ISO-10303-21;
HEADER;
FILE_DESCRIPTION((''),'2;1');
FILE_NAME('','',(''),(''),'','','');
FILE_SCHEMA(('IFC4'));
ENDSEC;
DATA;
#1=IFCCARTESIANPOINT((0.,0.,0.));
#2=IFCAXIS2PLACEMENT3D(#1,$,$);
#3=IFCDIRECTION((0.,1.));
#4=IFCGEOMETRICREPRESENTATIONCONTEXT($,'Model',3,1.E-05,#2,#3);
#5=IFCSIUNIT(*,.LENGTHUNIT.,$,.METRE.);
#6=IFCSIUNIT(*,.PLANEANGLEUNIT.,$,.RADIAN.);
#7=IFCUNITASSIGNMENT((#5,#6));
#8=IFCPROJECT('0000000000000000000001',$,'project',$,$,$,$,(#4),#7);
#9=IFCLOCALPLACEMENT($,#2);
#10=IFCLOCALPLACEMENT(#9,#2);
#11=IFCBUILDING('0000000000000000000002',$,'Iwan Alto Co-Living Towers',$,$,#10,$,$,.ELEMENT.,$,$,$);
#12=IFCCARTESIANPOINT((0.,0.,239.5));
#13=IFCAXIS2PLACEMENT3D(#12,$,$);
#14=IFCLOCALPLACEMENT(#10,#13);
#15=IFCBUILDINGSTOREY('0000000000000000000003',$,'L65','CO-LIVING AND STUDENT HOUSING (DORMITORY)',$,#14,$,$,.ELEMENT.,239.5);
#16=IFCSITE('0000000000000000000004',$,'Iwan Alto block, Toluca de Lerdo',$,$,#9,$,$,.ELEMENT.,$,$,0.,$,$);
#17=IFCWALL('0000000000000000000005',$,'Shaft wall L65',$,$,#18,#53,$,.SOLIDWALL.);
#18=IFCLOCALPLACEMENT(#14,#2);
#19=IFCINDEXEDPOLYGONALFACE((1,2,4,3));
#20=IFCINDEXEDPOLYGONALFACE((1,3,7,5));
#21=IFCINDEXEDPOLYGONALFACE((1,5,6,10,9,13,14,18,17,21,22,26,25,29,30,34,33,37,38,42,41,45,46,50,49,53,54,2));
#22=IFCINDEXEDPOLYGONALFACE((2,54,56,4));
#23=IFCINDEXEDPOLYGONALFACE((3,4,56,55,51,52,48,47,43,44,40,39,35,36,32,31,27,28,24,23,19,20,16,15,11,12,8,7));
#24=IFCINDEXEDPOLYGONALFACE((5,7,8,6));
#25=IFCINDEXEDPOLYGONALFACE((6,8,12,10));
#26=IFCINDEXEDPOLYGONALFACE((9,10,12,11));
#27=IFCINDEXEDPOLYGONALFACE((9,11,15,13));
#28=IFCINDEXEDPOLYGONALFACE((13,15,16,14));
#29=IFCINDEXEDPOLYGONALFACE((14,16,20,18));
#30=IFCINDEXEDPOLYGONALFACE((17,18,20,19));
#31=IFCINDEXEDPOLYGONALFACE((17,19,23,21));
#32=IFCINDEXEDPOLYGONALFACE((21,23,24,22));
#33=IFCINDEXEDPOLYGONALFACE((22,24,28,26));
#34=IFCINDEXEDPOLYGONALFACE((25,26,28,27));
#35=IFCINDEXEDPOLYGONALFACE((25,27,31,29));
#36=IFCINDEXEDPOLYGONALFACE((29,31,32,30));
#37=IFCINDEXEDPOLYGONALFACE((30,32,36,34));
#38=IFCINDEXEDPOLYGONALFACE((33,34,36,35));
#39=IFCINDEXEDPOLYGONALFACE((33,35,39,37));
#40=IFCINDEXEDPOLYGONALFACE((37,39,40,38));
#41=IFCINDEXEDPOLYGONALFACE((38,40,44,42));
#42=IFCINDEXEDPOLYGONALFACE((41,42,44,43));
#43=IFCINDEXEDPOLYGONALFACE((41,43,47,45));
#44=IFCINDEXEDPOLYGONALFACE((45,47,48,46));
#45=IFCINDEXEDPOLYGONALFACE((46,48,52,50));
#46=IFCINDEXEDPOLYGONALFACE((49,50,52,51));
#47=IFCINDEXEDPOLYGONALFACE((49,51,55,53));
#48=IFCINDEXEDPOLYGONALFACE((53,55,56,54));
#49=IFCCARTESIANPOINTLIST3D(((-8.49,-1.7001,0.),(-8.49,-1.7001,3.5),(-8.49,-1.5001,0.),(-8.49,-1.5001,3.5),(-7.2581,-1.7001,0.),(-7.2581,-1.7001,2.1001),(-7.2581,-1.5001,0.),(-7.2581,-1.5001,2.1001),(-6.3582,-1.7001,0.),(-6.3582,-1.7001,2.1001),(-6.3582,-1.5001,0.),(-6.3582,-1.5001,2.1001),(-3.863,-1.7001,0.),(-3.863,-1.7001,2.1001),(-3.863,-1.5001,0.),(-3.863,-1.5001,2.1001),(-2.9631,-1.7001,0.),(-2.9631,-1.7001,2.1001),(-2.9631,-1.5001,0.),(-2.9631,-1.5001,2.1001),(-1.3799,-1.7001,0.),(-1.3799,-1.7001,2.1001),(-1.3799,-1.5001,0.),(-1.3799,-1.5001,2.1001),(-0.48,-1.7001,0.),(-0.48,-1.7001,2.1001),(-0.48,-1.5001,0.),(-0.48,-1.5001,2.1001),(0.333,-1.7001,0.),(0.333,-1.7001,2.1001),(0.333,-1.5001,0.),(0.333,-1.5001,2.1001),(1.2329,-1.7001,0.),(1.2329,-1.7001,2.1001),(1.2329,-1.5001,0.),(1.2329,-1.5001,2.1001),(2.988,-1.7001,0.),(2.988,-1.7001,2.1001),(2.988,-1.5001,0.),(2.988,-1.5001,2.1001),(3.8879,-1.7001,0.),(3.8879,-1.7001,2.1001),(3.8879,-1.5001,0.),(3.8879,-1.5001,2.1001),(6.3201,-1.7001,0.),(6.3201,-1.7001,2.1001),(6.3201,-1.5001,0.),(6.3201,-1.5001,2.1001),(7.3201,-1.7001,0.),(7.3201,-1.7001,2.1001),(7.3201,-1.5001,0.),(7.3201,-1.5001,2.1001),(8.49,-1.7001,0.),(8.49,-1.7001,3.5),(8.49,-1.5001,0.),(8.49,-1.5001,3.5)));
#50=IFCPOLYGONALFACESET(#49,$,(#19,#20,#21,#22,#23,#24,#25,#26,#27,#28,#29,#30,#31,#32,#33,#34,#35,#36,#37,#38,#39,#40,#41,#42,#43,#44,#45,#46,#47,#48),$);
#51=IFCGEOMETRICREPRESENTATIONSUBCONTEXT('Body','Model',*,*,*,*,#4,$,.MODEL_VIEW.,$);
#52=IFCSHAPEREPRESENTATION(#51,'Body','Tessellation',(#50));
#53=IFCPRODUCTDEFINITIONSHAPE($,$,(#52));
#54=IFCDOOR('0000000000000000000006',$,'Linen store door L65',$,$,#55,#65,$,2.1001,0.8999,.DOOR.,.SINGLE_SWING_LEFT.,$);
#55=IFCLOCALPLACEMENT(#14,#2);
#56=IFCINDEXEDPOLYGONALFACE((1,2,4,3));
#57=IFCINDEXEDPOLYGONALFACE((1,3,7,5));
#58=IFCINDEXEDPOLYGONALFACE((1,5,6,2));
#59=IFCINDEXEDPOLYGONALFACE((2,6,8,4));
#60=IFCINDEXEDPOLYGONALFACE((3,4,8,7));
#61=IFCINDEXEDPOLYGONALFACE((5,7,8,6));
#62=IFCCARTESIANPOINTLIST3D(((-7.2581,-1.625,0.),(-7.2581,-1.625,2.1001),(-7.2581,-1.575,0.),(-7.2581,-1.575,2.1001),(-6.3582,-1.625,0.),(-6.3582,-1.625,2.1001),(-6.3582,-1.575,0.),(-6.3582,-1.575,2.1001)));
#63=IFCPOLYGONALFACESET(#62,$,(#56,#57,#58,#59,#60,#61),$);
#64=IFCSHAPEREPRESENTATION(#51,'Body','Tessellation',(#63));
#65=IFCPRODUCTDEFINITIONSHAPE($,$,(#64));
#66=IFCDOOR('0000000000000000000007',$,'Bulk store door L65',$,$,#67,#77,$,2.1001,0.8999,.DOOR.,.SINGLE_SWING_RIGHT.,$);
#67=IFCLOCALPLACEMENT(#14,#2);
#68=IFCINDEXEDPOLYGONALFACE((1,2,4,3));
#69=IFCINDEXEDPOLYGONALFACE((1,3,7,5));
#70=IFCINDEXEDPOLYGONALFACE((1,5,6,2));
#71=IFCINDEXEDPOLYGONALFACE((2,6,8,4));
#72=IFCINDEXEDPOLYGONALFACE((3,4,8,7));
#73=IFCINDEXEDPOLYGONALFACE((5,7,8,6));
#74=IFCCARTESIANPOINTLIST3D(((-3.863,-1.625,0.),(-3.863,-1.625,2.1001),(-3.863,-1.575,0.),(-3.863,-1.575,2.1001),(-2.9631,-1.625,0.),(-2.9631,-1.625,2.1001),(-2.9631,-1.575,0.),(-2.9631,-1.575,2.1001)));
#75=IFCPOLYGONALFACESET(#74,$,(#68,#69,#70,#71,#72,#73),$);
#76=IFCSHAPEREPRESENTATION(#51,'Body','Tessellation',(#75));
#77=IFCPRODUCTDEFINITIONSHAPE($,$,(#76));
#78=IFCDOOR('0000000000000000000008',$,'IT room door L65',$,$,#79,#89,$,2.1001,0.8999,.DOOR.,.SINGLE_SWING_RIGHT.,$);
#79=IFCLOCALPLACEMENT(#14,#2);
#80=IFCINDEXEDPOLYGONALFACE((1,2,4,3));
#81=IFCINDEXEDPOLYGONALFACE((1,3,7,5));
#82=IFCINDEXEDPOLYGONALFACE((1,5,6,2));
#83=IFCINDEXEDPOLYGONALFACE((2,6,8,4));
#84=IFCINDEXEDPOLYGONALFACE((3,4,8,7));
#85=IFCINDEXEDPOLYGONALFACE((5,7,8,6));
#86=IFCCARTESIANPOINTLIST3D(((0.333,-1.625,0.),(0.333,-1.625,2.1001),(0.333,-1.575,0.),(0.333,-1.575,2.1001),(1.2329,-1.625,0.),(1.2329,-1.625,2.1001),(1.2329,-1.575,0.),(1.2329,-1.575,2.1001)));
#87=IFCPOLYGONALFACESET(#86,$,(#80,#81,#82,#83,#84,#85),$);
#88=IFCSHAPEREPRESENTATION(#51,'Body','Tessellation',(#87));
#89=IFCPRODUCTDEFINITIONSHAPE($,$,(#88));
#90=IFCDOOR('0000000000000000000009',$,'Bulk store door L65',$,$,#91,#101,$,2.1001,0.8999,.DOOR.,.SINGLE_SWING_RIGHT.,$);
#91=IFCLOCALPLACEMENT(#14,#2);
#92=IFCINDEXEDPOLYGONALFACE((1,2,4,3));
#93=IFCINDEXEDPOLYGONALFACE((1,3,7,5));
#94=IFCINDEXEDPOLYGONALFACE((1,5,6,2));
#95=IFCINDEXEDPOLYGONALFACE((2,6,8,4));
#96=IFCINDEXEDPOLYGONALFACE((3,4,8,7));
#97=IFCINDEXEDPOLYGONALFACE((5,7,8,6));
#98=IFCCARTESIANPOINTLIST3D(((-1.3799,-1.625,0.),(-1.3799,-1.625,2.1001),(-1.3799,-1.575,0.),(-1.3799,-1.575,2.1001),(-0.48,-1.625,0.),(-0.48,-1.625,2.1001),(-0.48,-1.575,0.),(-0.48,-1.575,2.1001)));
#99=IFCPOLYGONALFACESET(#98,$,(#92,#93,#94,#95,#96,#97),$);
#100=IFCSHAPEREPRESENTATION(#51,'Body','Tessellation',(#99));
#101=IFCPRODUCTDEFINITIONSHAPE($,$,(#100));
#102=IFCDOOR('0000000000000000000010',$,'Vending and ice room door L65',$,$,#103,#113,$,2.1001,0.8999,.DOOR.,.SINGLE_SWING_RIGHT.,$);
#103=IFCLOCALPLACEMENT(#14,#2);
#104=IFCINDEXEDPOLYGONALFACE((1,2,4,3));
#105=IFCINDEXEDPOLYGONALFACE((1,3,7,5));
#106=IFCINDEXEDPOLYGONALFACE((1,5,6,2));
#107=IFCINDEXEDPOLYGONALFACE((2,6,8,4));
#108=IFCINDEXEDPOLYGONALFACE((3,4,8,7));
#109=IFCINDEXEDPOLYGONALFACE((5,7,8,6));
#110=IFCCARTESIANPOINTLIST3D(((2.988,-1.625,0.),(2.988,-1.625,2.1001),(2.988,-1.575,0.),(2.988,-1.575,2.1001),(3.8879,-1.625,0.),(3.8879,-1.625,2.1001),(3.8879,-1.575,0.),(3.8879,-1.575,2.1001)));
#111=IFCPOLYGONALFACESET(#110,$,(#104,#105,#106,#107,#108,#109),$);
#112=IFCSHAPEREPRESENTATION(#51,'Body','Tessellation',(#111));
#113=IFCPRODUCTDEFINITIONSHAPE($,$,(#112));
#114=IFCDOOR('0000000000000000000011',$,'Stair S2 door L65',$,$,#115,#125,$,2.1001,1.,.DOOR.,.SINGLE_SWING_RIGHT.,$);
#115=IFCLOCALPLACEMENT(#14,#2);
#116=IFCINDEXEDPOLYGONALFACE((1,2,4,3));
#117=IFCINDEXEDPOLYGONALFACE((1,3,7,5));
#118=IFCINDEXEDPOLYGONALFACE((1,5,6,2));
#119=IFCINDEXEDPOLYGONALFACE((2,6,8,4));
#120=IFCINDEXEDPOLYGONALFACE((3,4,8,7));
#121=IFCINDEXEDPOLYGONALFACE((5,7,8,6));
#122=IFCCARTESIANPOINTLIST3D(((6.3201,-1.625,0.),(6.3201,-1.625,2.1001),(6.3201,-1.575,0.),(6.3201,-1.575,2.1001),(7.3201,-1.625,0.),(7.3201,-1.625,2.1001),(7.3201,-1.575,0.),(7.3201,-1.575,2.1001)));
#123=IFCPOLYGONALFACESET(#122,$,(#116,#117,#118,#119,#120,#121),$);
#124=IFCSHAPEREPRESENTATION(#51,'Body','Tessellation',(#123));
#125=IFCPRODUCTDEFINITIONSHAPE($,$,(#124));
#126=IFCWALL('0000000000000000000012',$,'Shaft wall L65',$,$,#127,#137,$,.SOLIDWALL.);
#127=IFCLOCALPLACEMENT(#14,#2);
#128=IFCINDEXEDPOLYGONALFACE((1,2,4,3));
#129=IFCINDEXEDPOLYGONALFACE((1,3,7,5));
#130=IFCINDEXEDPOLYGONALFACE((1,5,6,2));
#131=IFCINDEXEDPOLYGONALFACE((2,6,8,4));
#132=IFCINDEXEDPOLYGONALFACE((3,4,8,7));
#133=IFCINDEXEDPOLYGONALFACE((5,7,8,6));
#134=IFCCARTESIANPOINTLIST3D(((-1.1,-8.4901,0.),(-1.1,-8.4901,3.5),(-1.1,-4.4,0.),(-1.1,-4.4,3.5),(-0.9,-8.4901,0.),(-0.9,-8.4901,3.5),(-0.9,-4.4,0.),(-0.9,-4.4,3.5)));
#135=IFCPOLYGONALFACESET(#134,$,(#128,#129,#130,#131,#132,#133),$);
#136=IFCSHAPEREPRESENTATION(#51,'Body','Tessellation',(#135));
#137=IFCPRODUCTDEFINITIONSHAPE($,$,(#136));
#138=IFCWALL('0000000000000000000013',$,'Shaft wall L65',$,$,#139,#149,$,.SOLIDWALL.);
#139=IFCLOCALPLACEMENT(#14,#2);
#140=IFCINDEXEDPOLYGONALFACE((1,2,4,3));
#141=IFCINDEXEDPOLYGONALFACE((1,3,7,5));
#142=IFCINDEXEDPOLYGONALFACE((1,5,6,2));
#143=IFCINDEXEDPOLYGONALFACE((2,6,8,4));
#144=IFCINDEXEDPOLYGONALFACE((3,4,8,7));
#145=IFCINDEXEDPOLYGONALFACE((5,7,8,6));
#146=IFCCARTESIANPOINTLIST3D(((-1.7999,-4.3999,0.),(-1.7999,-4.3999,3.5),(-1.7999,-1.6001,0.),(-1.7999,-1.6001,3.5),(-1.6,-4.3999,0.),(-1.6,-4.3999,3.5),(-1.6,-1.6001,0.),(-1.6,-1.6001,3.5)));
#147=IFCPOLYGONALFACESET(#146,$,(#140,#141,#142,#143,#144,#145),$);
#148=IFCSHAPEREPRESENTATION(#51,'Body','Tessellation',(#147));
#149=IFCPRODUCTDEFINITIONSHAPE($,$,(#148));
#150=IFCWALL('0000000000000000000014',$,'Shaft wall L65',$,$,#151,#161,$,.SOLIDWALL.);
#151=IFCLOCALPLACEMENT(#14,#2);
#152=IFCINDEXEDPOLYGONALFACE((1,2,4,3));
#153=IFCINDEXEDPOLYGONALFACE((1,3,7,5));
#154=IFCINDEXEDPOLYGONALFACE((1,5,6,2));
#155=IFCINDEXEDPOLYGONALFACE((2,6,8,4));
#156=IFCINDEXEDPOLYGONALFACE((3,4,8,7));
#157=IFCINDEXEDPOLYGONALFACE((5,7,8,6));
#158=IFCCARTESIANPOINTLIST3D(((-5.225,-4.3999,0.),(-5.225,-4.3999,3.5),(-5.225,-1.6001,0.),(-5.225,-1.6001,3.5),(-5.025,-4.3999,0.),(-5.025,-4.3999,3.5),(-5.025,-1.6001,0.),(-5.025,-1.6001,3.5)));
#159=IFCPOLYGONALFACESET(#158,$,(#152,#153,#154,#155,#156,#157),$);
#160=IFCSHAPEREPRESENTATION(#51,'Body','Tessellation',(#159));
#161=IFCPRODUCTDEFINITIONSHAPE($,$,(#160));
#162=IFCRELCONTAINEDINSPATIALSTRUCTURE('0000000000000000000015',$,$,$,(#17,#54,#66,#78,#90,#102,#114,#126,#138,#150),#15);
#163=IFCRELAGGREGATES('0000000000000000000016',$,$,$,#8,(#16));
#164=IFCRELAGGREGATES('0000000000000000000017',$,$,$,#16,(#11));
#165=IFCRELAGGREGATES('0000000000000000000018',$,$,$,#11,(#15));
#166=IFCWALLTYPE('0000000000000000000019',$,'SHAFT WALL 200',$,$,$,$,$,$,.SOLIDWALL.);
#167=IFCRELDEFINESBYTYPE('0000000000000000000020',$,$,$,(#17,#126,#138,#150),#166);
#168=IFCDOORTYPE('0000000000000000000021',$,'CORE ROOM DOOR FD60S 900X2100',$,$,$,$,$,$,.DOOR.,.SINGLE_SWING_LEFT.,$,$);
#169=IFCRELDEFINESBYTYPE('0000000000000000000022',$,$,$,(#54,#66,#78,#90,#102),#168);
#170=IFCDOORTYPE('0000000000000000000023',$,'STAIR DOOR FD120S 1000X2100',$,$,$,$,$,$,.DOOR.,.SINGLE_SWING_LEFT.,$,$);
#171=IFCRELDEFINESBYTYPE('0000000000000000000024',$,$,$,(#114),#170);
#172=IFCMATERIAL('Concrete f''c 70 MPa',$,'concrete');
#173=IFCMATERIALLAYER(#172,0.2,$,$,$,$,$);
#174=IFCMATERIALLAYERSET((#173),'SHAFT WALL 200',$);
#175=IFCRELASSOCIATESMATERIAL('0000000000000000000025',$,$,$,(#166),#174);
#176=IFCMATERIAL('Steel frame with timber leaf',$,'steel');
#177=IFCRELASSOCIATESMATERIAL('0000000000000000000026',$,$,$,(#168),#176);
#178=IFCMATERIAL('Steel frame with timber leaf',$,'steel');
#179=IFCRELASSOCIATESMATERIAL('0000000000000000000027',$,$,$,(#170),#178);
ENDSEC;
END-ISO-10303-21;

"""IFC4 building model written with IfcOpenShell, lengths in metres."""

from ifc_helpers import new_model, si_unit, direction, frame, frame_2d, origin, place, context, subcontext, project, spatial, rectangle, extrude, material, layer, layer_set, type_object, element, fill, save


model = new_model("IFC4")

# Units and contexts
model_context = context("Model", 3, precision=1e-05, world=origin(), true_north=direction((0.0, 1.0)))
body_context = subcontext(model_context, "Body", "Model", "MODEL_VIEW")
ifc_project = project(units=[si_unit("LENGTHUNIT", "METRE"), si_unit("PLANEANGLEUNIT", "RADIAN")], contexts=[model_context])

# Site, building, storey
site_placement = place(None, origin())
site = spatial("IfcSite", under=ifc_project, at=site_placement, Name="Iwan Alto block, Toluca de Lerdo", CompositionType="ELEMENT", RefElevation=0.0)
building_placement = place(site_placement, origin())
building = spatial("IfcBuilding", under=site, at=building_placement, Name="Iwan Alto Co-Living Towers", CompositionType="ELEMENT")
storey_placement = place(building_placement, frame((0.0, 0.0, 239.5)))
storey = spatial("IfcBuildingStorey", under=building, at=storey_placement, Name="L65", Description="CO-LIVING AND STUDENT HOUSING (DORMITORY)", CompositionType="ELEMENT", Elevation=239.5)

# Shared definitions
ifc_material_1 = material(Name="Concrete f'c 70 MPa", Category="concrete")
ifc_layer_1 = layer(ifc_material_1, 0.2)
ifc_layer_set_1 = layer_set([ifc_layer_1], Name="SHAFT WALL 200")
wall_type_1 = type_object("IfcWallType", Name="SHAFT WALL 200", PredefinedType="SOLIDWALL", material=ifc_layer_set_1)

# Wall, openings, doors
wall_1_placement = place(storey_placement, frame((-8.49, -1.6001, 0.0), z_axis=(0.0, 0.0, 1.0), x_axis=(1.0, 0.0, 0.0)))
wall_1 = element("IfcWall", 1, at=wall_1_placement, inside=storey, type_object=wall_type_1, Name="Shaft wall L65", PredefinedType="SOLIDWALL", context=body_context, shape_type="SweptSolid", body=[
    extrude(rectangle(XDim=16.98, YDim=0.2, at=frame_2d((8.49, 0.0))), origin(), (0.0, 0.0, 1.0), 3.5),
])
opening_1_placement = place(wall_1_placement, frame((14.8101, 0.0, 0.0)))
opening_1 = element("IfcOpeningElement", 2, at=opening_1_placement, cuts=wall_1, PredefinedType="OPENING", context=body_context, shape_type="SweptSolid", body=[
    extrude(rectangle(XDim=1.0, YDim=2.1001, at=frame_2d((0.5, 1.05))), frame((0.0, 0.1099, 0.0), z_axis=(0.0, -1.0, 0.0), x_axis=(1.0, 0.0, 0.0)), (0.0, 0.0, 1.0), 0.22),
])
opening_2_placement = place(wall_1_placement, frame((1.2319, 0.0, 0.0)))
opening_2 = element("IfcOpeningElement", 3, at=opening_2_placement, cuts=wall_1, PredefinedType="OPENING", context=body_context, shape_type="SweptSolid", body=[
    extrude(rectangle(XDim=0.8999, YDim=2.1001, at=frame_2d((0.45, 1.05))), frame((0.0, 0.1099, 0.0), z_axis=(0.0, -1.0, 0.0), x_axis=(1.0, 0.0, 0.0)), (0.0, 0.0, 1.0), 0.22),
])
opening_3_placement = place(wall_1_placement, frame((4.627, 0.0, 0.0)))
opening_3 = element("IfcOpeningElement", 4, at=opening_3_placement, cuts=wall_1, PredefinedType="OPENING", context=body_context, shape_type="SweptSolid", body=[
    extrude(rectangle(XDim=0.8999, YDim=2.1001, at=frame_2d((0.45, 1.05))), frame((0.0, 0.1099, 0.0), z_axis=(0.0, -1.0, 0.0), x_axis=(1.0, 0.0, 0.0)), (0.0, 0.0, 1.0), 0.22),
])
opening_4_placement = place(wall_1_placement, frame((8.823, 0.0, 0.0)))
opening_4 = element("IfcOpeningElement", 5, at=opening_4_placement, cuts=wall_1, PredefinedType="OPENING", context=body_context, shape_type="SweptSolid", body=[
    extrude(rectangle(XDim=0.8999, YDim=2.1001, at=frame_2d((0.45, 1.05))), frame((0.0, 0.1099, 0.0), z_axis=(0.0, -1.0, 0.0), x_axis=(1.0, 0.0, 0.0)), (0.0, 0.0, 1.0), 0.22),
])
opening_5_placement = place(wall_1_placement, frame((7.1101, 0.0, 0.0)))
opening_5 = element("IfcOpeningElement", 6, at=opening_5_placement, cuts=wall_1, PredefinedType="OPENING", context=body_context, shape_type="SweptSolid", body=[
    extrude(rectangle(XDim=0.8999, YDim=2.1001, at=frame_2d((0.45, 1.05))), frame((0.0, 0.1099, 0.0), z_axis=(0.0, -1.0, 0.0), x_axis=(1.0, 0.0, 0.0)), (0.0, 0.0, 1.0), 0.22),
])
opening_6_placement = place(wall_1_placement, frame((11.478, 0.0, 0.0)))
opening_6 = element("IfcOpeningElement", 7, at=opening_6_placement, cuts=wall_1, PredefinedType="OPENING", context=body_context, shape_type="SweptSolid", body=[
    extrude(rectangle(XDim=0.8999, YDim=2.1001, at=frame_2d((0.45, 1.05))), frame((0.0, 0.1099, 0.0), z_axis=(0.0, -1.0, 0.0), x_axis=(1.0, 0.0, 0.0)), (0.0, 0.0, 1.0), 0.22),
])
ifc_material_2 = material(Name="Steel frame with timber leaf", Category="steel")
door_type_1 = type_object("IfcDoorType", Name="CORE ROOM DOOR FD60S 900X2100", OperationType="SINGLE_SWING_LEFT", PredefinedType="DOOR", material=ifc_material_2)
door_1_placement = place(opening_2_placement, frame((0.8999, 0.0, 0.0), z_axis=(0.0, 0.0, 1.0), x_axis=(-1.0, 0.0, 0.0)))
door_1 = element("IfcDoor", 8, at=door_1_placement, inside=storey, type_object=door_type_1, Name="Linen store door L65", OperationType="SINGLE_SWING_LEFT", OverallHeight=2.1001, OverallWidth=0.8999, PredefinedType="DOOR", context=body_context, shape_type="SweptSolid", body=[
    extrude(rectangle(XDim=0.8999, YDim=2.1001, at=frame_2d((0.45, 1.05))), frame((0.0, 0.0249, 0.0), z_axis=(0.0, -1.0, 0.0), x_axis=(1.0, 0.0, 0.0)), (0.0, 0.0, 1.0), 0.05),
])
fill(opening_2, door_1)
door_2_placement = place(opening_3_placement, frame((0.8999, 0.0, 0.0), z_axis=(0.0, 0.0, 1.0), x_axis=(-1.0, 0.0, 0.0)))
door_2 = element("IfcDoor", 9, at=door_2_placement, inside=storey, type_object=door_type_1, Name="Bulk store door L65", OperationType="SINGLE_SWING_RIGHT", OverallHeight=2.1001, OverallWidth=0.8999, PredefinedType="DOOR", context=body_context, shape_type="SweptSolid", body=[
    extrude(rectangle(XDim=0.8999, YDim=2.1001, at=frame_2d((0.45, 1.05))), frame((0.0, 0.0249, 0.0), z_axis=(0.0, -1.0, 0.0), x_axis=(1.0, 0.0, 0.0)), (0.0, 0.0, 1.0), 0.05),
])
fill(opening_3, door_2)
door_3_placement = place(opening_4_placement, frame((0.8999, 0.0, 0.0), z_axis=(0.0, 0.0, 1.0), x_axis=(-1.0, 0.0, 0.0)))
door_3 = element("IfcDoor", 10, at=door_3_placement, inside=storey, type_object=door_type_1, Name="IT room door L65", OperationType="SINGLE_SWING_RIGHT", OverallHeight=2.1001, OverallWidth=0.8999, PredefinedType="DOOR", context=body_context, shape_type="SweptSolid", body=[
    extrude(rectangle(XDim=0.8999, YDim=2.1001, at=frame_2d((0.45, 1.05))), frame((0.0, 0.0249, 0.0), z_axis=(0.0, -1.0, 0.0), x_axis=(1.0, 0.0, 0.0)), (0.0, 0.0, 1.0), 0.05),
])
fill(opening_4, door_3)
door_4_placement = place(opening_5_placement, frame((0.8999, 0.0, 0.0), z_axis=(0.0, 0.0, 1.0), x_axis=(-1.0, 0.0, 0.0)))
door_4 = element("IfcDoor", 11, at=door_4_placement, inside=storey, type_object=door_type_1, Name="Bulk store door L65", OperationType="SINGLE_SWING_RIGHT", OverallHeight=2.1001, OverallWidth=0.8999, PredefinedType="DOOR", context=body_context, shape_type="SweptSolid", body=[
    extrude(rectangle(XDim=0.8999, YDim=2.1001, at=frame_2d((0.45, 1.05))), frame((0.0, 0.0249, 0.0), z_axis=(0.0, -1.0, 0.0), x_axis=(1.0, 0.0, 0.0)), (0.0, 0.0, 1.0), 0.05),
])
fill(opening_5, door_4)
door_5_placement = place(opening_6_placement, frame((0.8999, 0.0, 0.0), z_axis=(0.0, 0.0, 1.0), x_axis=(-1.0, 0.0, 0.0)))
door_5 = element("IfcDoor", 12, at=door_5_placement, inside=storey, type_object=door_type_1, Name="Vending and ice room door L65", OperationType="SINGLE_SWING_RIGHT", OverallHeight=2.1001, OverallWidth=0.8999, PredefinedType="DOOR", context=body_context, shape_type="SweptSolid", body=[
    extrude(rectangle(XDim=0.8999, YDim=2.1001, at=frame_2d((0.45, 1.05))), frame((0.0, 0.0249, 0.0), z_axis=(0.0, -1.0, 0.0), x_axis=(1.0, 0.0, 0.0)), (0.0, 0.0, 1.0), 0.05),
])
fill(opening_6, door_5)
ifc_material_3 = material(Name="Steel frame with timber leaf", Category="steel")
door_type_2 = type_object("IfcDoorType", Name="STAIR DOOR FD120S 1000X2100", OperationType="SINGLE_SWING_LEFT", PredefinedType="DOOR", material=ifc_material_3)
door_6_placement = place(opening_1_placement, frame((1.0, 0.0, 0.0), z_axis=(0.0, 0.0, 1.0), x_axis=(-1.0, 0.0, 0.0)))
door_6 = element("IfcDoor", 13, at=door_6_placement, inside=storey, type_object=door_type_2, Name="Stair S2 door L65", OperationType="SINGLE_SWING_RIGHT", OverallHeight=2.1001, OverallWidth=1.0, PredefinedType="DOOR", context=body_context, shape_type="SweptSolid", body=[
    extrude(rectangle(XDim=1.0, YDim=2.1001, at=frame_2d((0.5, 1.05))), frame((0.0, 0.0249, 0.0), z_axis=(0.0, -1.0, 0.0), x_axis=(1.0, 0.0, 0.0)), (0.0, 0.0, 1.0), 0.05),
])
fill(opening_1, door_6)

# Walls
wall_2_placement = place(storey_placement, frame((-1.0, -8.49, 0.0), z_axis=(0.0, 0.0, 1.0), x_axis=(0.0, 1.0, 0.0)))
element("IfcWall", 14, at=wall_2_placement, inside=storey, type_object=wall_type_1, Name="Shaft wall L65", PredefinedType="SOLIDWALL", context=body_context, shape_type="SweptSolid", body=[
    extrude(rectangle(XDim=4.0901, YDim=0.2, at=frame_2d((2.0449, 0.0))), origin(), (0.0, 0.0, 1.0), 3.5),
])
for number, where, z_axis, x_axis, name in (
    (15, (-1.7, -4.3999, 0.0), (0.0, 0.0, 1.0), (0.0, 1.0, 0.0), "Shaft wall L65"),
    (16, (-5.125, -4.3999, 0.0), (0.0, 0.0, 1.0), (0.0, 1.0, 0.0), "Shaft wall L65"),
):
    element("IfcWall", number, at=place(storey_placement, frame(where, z_axis=z_axis, x_axis=x_axis)), inside=storey, type_object=wall_type_1, Name=name, PredefinedType="SOLIDWALL", context=body_context, shape_type="SweptSolid", body=[
        extrude(rectangle(XDim=2.7998, YDim=0.2, at=frame_2d((1.3999, 0.0))), origin(), (0.0, 0.0, 1.0), 3.5),
    ])

save(model, "model.ifc")
